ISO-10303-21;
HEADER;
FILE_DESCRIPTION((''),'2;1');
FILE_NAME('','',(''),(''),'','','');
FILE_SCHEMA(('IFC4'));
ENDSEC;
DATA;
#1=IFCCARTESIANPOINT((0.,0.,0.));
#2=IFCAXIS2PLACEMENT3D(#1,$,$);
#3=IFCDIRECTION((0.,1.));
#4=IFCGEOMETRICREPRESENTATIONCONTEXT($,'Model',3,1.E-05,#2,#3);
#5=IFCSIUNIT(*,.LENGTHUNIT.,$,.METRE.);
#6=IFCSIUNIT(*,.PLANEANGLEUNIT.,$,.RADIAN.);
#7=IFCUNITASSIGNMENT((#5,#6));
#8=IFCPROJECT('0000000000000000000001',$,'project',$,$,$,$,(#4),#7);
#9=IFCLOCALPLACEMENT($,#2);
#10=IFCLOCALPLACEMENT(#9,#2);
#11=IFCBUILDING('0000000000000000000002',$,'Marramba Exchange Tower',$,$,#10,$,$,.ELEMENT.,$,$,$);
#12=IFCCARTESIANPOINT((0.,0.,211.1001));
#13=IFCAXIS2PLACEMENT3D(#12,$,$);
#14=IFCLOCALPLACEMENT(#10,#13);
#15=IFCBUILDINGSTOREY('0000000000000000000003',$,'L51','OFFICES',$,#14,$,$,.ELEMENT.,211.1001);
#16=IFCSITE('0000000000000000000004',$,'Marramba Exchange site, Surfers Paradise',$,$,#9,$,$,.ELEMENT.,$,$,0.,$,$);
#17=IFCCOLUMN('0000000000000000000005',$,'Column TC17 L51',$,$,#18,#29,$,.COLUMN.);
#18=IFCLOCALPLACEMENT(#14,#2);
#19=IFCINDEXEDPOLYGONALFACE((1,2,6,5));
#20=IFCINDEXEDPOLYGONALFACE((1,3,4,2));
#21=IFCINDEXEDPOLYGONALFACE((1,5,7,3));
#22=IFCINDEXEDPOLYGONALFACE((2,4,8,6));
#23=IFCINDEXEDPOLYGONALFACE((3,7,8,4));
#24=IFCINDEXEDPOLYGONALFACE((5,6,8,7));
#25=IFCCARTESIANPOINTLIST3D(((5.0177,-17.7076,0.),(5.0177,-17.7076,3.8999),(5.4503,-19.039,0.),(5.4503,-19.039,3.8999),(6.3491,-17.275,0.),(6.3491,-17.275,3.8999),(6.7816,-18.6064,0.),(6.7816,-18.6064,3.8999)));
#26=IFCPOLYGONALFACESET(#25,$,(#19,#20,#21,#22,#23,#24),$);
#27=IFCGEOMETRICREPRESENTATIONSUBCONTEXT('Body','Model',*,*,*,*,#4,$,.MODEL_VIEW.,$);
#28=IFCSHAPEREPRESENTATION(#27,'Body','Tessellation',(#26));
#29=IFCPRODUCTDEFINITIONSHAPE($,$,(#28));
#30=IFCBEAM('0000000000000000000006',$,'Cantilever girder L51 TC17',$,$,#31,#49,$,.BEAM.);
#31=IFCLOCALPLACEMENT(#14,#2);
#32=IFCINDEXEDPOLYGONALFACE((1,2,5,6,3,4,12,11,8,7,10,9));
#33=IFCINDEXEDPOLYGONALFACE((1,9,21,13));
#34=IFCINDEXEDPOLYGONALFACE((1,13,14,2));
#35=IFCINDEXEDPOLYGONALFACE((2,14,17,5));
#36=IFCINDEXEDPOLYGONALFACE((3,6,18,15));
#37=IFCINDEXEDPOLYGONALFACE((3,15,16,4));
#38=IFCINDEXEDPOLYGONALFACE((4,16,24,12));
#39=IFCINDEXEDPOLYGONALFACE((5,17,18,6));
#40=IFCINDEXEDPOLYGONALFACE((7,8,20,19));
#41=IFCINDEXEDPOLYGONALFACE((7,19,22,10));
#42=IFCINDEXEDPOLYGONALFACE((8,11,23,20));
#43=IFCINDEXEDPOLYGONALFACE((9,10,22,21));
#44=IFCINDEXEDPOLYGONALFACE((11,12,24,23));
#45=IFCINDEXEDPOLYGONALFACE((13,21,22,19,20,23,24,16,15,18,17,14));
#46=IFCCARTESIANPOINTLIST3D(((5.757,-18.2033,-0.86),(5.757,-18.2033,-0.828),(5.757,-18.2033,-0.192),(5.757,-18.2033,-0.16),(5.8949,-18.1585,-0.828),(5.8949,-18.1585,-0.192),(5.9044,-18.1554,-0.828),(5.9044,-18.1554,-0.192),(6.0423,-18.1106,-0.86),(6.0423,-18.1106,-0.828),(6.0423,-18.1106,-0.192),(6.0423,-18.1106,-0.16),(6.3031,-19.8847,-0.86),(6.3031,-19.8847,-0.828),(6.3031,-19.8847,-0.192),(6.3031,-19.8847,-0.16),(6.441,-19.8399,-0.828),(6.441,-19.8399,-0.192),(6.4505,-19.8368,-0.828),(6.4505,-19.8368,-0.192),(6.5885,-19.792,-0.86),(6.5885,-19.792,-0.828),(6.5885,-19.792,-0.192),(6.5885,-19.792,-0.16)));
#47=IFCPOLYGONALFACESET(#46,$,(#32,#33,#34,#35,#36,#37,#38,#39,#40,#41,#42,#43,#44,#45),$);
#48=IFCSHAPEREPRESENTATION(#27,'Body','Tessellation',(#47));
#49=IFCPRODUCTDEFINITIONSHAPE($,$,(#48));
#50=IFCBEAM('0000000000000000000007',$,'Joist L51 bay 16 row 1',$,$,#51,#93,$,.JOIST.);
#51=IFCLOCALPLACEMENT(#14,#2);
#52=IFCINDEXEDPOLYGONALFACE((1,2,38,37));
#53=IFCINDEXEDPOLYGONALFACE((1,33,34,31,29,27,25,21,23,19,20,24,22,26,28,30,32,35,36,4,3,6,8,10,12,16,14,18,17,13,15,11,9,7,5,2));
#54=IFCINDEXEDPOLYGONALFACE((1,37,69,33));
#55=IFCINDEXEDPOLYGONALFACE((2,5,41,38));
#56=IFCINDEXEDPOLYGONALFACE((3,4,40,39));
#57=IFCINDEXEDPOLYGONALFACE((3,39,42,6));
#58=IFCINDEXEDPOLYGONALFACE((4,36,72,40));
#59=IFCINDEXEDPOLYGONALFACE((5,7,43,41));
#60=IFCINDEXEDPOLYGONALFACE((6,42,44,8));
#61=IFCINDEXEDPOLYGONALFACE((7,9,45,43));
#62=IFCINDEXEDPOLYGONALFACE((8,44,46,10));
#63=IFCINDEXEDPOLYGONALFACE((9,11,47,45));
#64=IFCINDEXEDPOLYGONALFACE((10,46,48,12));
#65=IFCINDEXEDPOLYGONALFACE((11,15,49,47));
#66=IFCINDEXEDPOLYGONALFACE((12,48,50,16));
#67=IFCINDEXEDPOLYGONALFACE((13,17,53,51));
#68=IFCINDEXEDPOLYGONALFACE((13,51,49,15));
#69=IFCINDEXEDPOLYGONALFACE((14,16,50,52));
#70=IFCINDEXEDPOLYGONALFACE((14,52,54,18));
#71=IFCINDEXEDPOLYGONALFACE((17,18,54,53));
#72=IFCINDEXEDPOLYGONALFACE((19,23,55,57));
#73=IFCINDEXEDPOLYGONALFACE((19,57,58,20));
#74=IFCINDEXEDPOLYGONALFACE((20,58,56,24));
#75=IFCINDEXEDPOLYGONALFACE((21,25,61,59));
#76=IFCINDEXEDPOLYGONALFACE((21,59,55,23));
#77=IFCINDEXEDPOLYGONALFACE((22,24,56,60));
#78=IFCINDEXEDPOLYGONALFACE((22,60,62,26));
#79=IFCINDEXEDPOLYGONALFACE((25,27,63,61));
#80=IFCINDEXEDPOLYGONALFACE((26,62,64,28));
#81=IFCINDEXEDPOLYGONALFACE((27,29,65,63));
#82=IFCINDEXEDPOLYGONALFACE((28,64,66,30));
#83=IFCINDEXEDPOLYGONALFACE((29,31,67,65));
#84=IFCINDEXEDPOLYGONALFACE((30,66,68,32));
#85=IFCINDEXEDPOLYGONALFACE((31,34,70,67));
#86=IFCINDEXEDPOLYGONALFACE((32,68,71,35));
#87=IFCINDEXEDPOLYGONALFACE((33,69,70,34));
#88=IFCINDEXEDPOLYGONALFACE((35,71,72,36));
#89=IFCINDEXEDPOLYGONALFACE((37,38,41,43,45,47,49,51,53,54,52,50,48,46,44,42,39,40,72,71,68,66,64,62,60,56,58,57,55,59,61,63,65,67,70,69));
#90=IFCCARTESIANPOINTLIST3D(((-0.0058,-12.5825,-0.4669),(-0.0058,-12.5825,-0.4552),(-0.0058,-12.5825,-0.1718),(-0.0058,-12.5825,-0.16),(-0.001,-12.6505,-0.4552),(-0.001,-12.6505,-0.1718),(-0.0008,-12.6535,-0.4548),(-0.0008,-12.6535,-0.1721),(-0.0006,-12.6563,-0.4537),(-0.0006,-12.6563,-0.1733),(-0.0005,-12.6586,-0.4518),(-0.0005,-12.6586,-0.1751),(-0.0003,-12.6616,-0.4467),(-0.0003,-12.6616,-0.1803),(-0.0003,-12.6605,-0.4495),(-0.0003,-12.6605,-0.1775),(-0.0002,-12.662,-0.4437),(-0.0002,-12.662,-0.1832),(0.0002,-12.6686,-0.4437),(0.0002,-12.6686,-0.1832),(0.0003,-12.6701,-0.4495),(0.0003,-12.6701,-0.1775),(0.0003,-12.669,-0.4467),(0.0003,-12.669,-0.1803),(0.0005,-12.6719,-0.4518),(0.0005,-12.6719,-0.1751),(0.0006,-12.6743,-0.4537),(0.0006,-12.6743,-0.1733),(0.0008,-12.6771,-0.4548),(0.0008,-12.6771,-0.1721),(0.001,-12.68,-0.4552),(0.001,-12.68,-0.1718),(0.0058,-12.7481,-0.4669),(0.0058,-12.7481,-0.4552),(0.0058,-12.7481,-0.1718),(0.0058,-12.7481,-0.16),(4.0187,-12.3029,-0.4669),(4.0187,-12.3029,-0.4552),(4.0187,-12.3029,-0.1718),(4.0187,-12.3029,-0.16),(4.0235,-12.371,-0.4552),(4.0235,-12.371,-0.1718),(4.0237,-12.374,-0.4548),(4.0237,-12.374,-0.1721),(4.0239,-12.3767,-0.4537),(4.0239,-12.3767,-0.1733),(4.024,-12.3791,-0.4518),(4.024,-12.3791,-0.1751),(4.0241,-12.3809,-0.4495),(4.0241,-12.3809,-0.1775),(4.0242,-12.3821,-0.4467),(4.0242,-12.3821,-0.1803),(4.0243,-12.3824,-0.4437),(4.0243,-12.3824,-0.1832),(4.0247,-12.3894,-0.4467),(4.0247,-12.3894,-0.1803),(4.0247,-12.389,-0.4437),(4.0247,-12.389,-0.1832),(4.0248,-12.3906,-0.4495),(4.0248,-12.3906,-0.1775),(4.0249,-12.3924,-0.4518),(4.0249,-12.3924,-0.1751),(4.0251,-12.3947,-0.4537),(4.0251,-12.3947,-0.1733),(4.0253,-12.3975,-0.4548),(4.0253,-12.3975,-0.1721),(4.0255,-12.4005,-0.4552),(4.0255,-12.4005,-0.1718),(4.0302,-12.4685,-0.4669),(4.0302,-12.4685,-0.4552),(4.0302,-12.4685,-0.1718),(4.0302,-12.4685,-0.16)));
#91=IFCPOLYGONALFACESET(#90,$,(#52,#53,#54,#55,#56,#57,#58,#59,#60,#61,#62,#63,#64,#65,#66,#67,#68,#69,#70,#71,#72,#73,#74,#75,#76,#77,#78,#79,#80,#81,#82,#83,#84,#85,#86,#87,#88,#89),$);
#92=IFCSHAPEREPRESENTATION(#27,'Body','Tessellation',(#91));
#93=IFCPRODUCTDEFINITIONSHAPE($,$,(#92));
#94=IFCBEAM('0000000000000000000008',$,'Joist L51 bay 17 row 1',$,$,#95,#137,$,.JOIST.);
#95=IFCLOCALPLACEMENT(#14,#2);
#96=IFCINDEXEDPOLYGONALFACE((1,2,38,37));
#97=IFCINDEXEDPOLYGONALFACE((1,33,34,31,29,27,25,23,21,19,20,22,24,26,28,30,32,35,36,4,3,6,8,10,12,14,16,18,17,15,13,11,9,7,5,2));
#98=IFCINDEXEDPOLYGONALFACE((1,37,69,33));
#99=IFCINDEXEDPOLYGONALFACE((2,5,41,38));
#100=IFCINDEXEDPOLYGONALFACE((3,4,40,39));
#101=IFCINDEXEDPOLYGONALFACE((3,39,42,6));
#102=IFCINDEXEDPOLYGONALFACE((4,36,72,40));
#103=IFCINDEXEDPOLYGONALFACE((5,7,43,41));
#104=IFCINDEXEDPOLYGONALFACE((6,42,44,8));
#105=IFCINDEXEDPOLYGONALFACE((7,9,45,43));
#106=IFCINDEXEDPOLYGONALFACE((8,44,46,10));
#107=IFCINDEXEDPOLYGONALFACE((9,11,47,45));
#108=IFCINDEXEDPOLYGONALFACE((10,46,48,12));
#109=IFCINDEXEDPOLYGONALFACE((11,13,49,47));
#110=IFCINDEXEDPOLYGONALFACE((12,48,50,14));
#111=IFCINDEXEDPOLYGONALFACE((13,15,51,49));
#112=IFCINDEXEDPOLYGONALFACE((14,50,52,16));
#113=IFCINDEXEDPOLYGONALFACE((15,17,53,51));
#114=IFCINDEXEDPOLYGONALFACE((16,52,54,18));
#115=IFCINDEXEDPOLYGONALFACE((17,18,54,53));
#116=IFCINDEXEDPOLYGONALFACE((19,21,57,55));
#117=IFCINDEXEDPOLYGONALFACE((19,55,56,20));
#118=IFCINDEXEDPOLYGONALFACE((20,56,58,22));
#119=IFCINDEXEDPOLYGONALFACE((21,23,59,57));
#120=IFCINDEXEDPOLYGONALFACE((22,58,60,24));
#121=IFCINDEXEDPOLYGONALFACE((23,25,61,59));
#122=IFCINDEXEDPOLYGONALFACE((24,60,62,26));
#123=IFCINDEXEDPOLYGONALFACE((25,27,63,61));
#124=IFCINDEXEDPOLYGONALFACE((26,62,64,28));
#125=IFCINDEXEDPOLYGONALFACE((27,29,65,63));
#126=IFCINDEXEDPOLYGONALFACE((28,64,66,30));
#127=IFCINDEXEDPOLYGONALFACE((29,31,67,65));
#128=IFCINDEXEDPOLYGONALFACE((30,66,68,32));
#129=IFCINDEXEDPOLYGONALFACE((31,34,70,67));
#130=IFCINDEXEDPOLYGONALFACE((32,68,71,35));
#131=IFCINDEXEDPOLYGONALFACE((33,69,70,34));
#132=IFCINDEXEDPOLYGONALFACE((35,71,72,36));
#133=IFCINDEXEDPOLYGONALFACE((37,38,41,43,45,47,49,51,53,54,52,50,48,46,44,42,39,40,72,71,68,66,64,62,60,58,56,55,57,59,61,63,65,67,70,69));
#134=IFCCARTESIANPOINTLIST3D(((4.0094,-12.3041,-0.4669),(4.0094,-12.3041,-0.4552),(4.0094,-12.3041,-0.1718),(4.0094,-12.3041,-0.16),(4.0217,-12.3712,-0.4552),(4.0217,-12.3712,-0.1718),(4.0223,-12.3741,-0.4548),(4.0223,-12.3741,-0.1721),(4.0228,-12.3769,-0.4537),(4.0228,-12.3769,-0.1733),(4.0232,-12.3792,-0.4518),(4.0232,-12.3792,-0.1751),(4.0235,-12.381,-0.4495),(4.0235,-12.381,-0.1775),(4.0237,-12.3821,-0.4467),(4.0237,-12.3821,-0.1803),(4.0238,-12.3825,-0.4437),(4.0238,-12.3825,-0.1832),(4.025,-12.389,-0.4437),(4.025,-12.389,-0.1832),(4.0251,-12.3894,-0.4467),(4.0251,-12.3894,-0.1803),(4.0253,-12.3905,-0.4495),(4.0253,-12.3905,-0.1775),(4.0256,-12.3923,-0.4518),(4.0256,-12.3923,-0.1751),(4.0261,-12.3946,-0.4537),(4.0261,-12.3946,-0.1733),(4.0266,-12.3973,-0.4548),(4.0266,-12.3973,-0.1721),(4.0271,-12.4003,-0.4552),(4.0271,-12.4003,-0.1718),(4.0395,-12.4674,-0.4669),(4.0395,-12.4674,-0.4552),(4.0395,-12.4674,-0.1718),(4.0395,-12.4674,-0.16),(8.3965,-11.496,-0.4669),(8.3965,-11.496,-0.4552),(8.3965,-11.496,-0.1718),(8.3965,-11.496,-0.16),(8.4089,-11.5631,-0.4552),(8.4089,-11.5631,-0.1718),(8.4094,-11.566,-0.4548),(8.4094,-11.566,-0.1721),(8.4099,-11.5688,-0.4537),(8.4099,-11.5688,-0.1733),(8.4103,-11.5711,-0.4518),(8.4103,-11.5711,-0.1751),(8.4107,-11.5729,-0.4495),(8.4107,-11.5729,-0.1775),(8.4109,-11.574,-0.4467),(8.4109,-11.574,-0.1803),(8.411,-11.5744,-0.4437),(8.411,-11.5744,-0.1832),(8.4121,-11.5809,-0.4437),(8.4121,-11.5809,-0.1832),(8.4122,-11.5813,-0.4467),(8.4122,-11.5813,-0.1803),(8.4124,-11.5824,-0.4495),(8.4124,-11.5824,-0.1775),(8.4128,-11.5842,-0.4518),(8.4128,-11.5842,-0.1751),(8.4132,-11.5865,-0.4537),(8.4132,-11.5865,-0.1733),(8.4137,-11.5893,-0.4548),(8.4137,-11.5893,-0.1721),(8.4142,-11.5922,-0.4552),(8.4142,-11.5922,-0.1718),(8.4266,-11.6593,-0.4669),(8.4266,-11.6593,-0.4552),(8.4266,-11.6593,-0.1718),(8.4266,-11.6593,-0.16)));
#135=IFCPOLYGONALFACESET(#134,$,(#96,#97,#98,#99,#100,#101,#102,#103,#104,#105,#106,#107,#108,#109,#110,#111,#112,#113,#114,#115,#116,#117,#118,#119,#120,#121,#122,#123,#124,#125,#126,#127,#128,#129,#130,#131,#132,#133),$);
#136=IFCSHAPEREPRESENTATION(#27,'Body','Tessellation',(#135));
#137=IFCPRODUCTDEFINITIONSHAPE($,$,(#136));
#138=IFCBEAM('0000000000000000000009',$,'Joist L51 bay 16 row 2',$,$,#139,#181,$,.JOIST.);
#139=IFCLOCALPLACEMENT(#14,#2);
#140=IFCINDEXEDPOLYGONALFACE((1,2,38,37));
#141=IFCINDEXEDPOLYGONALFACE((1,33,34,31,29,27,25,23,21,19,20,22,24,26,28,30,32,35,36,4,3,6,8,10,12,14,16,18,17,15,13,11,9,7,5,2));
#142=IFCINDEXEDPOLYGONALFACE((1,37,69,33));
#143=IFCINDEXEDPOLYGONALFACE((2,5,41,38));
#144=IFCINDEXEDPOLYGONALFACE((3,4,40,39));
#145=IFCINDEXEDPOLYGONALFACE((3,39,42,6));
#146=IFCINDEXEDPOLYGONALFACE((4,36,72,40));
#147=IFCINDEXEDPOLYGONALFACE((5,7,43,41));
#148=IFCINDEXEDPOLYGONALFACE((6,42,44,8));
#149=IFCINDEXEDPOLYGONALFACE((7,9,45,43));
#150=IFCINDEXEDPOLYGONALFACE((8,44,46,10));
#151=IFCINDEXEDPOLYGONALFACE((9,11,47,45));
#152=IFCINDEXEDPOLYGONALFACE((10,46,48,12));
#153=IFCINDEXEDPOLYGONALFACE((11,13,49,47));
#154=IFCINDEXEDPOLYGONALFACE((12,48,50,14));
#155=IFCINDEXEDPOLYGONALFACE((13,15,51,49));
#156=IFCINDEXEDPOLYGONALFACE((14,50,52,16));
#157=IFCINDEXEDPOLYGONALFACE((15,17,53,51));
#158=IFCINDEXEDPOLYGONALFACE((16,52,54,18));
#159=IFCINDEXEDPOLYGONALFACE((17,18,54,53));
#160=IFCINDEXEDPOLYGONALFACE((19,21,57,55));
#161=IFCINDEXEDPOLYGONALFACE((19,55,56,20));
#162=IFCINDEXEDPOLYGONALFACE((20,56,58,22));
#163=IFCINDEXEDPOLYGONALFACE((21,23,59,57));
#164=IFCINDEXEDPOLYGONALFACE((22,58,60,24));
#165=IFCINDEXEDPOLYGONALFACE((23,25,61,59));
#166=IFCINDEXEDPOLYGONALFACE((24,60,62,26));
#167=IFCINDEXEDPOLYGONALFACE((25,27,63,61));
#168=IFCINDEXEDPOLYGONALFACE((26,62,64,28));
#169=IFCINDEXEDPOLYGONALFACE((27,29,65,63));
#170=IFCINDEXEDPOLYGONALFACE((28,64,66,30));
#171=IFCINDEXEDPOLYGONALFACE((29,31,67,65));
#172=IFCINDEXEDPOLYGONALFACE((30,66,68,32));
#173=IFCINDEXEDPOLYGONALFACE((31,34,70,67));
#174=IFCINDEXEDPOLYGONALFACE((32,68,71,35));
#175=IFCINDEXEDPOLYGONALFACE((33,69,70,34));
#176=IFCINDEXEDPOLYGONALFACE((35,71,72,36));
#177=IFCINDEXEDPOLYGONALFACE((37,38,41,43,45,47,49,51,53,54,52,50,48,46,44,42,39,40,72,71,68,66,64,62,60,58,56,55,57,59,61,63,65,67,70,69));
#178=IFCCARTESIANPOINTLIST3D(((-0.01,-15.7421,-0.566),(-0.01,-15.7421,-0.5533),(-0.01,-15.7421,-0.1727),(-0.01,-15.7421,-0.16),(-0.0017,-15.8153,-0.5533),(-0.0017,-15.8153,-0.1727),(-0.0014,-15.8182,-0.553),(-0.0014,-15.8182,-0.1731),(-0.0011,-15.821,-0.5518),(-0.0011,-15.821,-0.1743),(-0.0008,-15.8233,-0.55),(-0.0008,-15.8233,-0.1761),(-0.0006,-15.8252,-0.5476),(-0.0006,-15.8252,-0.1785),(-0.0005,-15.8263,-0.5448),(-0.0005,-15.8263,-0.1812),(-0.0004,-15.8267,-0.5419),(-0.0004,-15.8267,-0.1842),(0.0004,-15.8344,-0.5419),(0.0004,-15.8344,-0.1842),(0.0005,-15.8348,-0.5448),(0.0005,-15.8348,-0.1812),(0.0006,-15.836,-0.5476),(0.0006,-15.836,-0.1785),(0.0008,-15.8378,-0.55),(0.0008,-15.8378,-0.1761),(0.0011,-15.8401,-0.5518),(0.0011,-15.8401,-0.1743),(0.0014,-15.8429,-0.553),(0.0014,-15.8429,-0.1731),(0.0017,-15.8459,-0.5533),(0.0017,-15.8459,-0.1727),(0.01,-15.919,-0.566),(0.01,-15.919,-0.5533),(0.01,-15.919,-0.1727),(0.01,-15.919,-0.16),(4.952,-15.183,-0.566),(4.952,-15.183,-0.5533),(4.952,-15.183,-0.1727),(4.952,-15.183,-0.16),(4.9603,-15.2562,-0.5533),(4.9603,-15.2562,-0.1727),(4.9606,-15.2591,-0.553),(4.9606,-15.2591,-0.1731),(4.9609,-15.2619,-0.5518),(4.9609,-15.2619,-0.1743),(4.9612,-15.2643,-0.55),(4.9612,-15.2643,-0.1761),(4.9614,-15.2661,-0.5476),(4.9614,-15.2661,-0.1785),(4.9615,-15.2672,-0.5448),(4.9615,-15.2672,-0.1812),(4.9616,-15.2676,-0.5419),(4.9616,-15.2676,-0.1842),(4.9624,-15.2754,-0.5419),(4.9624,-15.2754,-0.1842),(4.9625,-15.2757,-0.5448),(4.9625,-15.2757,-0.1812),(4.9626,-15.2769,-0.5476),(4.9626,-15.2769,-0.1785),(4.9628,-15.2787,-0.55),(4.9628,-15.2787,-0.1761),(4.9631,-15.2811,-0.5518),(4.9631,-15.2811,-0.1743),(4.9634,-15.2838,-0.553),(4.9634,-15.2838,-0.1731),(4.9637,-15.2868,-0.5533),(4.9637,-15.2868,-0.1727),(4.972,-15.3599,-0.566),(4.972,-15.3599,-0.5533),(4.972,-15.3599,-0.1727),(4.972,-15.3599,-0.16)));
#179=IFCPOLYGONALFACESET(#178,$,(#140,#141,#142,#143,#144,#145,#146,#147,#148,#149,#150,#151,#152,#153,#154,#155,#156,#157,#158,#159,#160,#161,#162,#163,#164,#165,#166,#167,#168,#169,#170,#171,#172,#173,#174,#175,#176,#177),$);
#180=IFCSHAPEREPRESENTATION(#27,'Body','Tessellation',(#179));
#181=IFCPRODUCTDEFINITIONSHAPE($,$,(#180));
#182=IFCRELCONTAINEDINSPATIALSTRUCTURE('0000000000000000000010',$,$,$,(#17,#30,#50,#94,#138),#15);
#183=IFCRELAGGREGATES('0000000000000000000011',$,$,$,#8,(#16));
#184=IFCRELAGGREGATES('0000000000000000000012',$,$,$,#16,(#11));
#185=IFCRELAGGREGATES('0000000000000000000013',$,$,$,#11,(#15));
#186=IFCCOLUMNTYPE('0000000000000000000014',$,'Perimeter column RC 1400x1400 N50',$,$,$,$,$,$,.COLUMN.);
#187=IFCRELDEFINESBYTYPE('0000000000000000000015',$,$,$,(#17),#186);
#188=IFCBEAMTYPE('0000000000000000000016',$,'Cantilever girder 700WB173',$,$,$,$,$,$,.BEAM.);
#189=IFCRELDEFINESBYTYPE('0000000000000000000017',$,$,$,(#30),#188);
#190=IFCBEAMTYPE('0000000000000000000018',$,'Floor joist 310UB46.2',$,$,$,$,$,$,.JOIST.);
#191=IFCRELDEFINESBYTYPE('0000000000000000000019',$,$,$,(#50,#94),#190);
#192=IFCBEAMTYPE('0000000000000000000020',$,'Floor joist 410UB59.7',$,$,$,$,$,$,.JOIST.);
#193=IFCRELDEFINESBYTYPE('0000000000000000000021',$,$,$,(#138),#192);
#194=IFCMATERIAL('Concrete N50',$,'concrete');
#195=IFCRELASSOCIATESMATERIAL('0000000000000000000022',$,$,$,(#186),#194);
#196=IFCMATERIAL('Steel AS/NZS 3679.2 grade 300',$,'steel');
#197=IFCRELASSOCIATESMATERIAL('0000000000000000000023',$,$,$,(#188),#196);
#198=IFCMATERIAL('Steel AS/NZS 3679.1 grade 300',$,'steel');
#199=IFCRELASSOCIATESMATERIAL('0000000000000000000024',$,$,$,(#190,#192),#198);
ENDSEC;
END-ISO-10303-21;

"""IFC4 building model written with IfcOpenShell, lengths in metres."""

from ifc_helpers import new_model, si_unit, direction, frame, origin, origin_2d, place, context, subcontext, project, spatial, rectangle, i_section, extrude, material, material_profile, profile_set, type_object, element, save


model = new_model("IFC4")

# Units and contexts
model_context = context("Model", 3, precision=1e-05, world=origin(), true_north=direction((0.0, 1.0)))
body_context = subcontext(model_context, "Body", "Model", "MODEL_VIEW")
ifc_project = project(units=[si_unit("LENGTHUNIT", "METRE"), si_unit("PLANEANGLEUNIT", "RADIAN")], contexts=[model_context])

# Site, building, storey
site_placement = place(None, origin())
site = spatial("IfcSite", under=ifc_project, at=site_placement, Name="Marramba Exchange site, Surfers Paradise", CompositionType="ELEMENT", RefElevation=0.0)
building_placement = place(site_placement, origin())
building = spatial("IfcBuilding", under=site, at=building_placement, Name="Marramba Exchange Tower", CompositionType="ELEMENT")
storey_placement = place(building_placement, frame((0.0, 0.0, 211.1001)))
storey = spatial("IfcBuildingStorey", under=building, at=storey_placement, Name="L51", Description="OFFICES", CompositionType="ELEMENT", Elevation=211.1001)

# Column
ifc_material_1 = material(Name="Concrete N50", Category="concrete")
ifc_material_profile_1 = material_profile(ifc_material_1, rectangle(XDim=1.3999, YDim=1.3999, at=origin_2d()), Name="RC 1400x1400")
ifc_profile_set_1 = profile_set([ifc_material_profile_1], Name="Concrete N50")
column_type = type_object("IfcColumnType", Name="Perimeter column RC 1400x1400 N50", PredefinedType="COLUMN", material=ifc_profile_set_1)
column_placement = place(storey_placement, frame((5.8997, -18.157, 0.0), z_axis=(0.0, 0.0, 1.0), x_axis=(0.309017, -0.951057, 0.0)))
element("IfcColumn", 1, at=column_placement, inside=storey, type_object=column_type, Name="Column TC17 L51", PredefinedType="COLUMN", context=body_context, shape_type="SweptSolid", body=[
    extrude(rectangle(XDim=1.3999, YDim=1.3999, at=origin_2d()), origin(), (0.0, 0.0, 1.0), 3.8999),
])

# Beams
ifc_material_2 = material(Name="Steel AS/NZS 3679.2 grade 300", Category="steel")
ifc_material_profile_2 = material_profile(ifc_material_2, i_section(OverallWidth=0.3, OverallDepth=0.7, WebThickness=0.01, FlangeThickness=0.032, at=origin_2d()), Name="700WB173")
ifc_profile_set_2 = profile_set([ifc_material_profile_2], Name="Steel AS/NZS 3679.2 grade 300")
beam_type_1 = type_object("IfcBeamType", Name="Cantilever girder 700WB173", PredefinedType="BEAM", material=ifc_profile_set_2)
beam_1_placement = place(storey_placement, frame((5.8997, -18.157, -0.51), z_axis=(0.308927, -0.951086, 0.0), x_axis=(0.951086, 0.308927, 0.0)))
element("IfcBeam", 2, at=beam_1_placement, inside=storey, type_object=beam_type_1, Name="Cantilever girder L51 TC17", PredefinedType="BEAM", context=body_context, shape_type="SweptSolid", body=[
    extrude(i_section(OverallWidth=0.3, OverallDepth=0.7, WebThickness=0.01, FlangeThickness=0.032, at=origin_2d()), origin(), (0.0, 0.0, 1.0), 1.7678),
])
ifc_material_3 = material(Name="Steel AS/NZS 3679.1 grade 300", Category="steel")
ifc_material_profile_3 = material_profile(ifc_material_3, i_section(OverallWidth=0.166, OverallDepth=0.3069, WebThickness=0.0066, FlangeThickness=0.0117, FilletRadius=0.0115, at=origin_2d()), Name="310UB46.2")
ifc_profile_set_3 = profile_set([ifc_material_profile_3], Name="Steel AS/NZS 3679.1 grade 300")
beam_type_2 = type_object("IfcBeamType", Name="Floor joist 310UB46.2", PredefinedType="JOIST", material=ifc_profile_set_3)
beam_2_placement = place(storey_placement, frame((0.0, -12.6653, -0.3135), z_axis=(0.997596, 0.069294, 0.0), x_axis=(-0.069294, 0.997596, 0.0)))
element("IfcBeam", 3, at=beam_2_placement, inside=storey, type_object=beam_type_2, Name="Joist L51 bay 16 row 1", PredefinedType="JOIST", context=body_context, shape_type="SweptSolid", body=[
    extrude(i_section(OverallWidth=0.166, OverallDepth=0.3069, WebThickness=0.0066, FlangeThickness=0.0117, FilletRadius=0.0115, at=origin_2d()), origin(), (0.0, 0.0, 1.0), 4.0342),
])
beam_3_placement = place(storey_placement, frame((4.0244, -12.3857, -0.3135), z_axis=(0.983456, 0.181149, 0.0), x_axis=(-0.181149, 0.983456, 0.0)))
element("IfcBeam", 4, at=beam_3_placement, inside=storey, type_object=beam_type_2, Name="Joist L51 bay 17 row 1", PredefinedType="JOIST", context=body_context, shape_type="SweptSolid", body=[
    extrude(i_section(OverallWidth=0.166, OverallDepth=0.3069, WebThickness=0.0066, FlangeThickness=0.0117, FilletRadius=0.0115, at=origin_2d()), origin(), (0.0, 0.0, 1.0), 4.4609),
])
ifc_material_profile_4 = material_profile(ifc_material_3, i_section(OverallWidth=0.178, OverallDepth=0.406, WebThickness=0.0078, FlangeThickness=0.0127, FilletRadius=0.0115, at=origin_2d()), Name="410UB59.7")
ifc_profile_set_4 = profile_set([ifc_material_profile_4], Name="Steel AS/NZS 3679.1 grade 300")
beam_type_3 = type_object("IfcBeamType", Name="Floor joist 410UB59.7", PredefinedType="JOIST", material=ifc_profile_set_4)
beam_4_placement = place(storey_placement, frame((0.0, -15.8306, -0.363), z_axis=(0.993712, 0.111966, 0.0), x_axis=(-0.111966, 0.993712, 0.0)))
element("IfcBeam", 5, at=beam_4_placement, inside=storey, type_object=beam_type_3, Name="Joist L51 bay 16 row 2", PredefinedType="JOIST", context=body_context, shape_type="SweptSolid", body=[
    extrude(i_section(OverallWidth=0.178, OverallDepth=0.406, WebThickness=0.0078, FlangeThickness=0.0127, FilletRadius=0.0115, at=origin_2d()), origin(), (0.0, 0.0, 1.0), 4.9934),
])

save(model, "model.ifc")
